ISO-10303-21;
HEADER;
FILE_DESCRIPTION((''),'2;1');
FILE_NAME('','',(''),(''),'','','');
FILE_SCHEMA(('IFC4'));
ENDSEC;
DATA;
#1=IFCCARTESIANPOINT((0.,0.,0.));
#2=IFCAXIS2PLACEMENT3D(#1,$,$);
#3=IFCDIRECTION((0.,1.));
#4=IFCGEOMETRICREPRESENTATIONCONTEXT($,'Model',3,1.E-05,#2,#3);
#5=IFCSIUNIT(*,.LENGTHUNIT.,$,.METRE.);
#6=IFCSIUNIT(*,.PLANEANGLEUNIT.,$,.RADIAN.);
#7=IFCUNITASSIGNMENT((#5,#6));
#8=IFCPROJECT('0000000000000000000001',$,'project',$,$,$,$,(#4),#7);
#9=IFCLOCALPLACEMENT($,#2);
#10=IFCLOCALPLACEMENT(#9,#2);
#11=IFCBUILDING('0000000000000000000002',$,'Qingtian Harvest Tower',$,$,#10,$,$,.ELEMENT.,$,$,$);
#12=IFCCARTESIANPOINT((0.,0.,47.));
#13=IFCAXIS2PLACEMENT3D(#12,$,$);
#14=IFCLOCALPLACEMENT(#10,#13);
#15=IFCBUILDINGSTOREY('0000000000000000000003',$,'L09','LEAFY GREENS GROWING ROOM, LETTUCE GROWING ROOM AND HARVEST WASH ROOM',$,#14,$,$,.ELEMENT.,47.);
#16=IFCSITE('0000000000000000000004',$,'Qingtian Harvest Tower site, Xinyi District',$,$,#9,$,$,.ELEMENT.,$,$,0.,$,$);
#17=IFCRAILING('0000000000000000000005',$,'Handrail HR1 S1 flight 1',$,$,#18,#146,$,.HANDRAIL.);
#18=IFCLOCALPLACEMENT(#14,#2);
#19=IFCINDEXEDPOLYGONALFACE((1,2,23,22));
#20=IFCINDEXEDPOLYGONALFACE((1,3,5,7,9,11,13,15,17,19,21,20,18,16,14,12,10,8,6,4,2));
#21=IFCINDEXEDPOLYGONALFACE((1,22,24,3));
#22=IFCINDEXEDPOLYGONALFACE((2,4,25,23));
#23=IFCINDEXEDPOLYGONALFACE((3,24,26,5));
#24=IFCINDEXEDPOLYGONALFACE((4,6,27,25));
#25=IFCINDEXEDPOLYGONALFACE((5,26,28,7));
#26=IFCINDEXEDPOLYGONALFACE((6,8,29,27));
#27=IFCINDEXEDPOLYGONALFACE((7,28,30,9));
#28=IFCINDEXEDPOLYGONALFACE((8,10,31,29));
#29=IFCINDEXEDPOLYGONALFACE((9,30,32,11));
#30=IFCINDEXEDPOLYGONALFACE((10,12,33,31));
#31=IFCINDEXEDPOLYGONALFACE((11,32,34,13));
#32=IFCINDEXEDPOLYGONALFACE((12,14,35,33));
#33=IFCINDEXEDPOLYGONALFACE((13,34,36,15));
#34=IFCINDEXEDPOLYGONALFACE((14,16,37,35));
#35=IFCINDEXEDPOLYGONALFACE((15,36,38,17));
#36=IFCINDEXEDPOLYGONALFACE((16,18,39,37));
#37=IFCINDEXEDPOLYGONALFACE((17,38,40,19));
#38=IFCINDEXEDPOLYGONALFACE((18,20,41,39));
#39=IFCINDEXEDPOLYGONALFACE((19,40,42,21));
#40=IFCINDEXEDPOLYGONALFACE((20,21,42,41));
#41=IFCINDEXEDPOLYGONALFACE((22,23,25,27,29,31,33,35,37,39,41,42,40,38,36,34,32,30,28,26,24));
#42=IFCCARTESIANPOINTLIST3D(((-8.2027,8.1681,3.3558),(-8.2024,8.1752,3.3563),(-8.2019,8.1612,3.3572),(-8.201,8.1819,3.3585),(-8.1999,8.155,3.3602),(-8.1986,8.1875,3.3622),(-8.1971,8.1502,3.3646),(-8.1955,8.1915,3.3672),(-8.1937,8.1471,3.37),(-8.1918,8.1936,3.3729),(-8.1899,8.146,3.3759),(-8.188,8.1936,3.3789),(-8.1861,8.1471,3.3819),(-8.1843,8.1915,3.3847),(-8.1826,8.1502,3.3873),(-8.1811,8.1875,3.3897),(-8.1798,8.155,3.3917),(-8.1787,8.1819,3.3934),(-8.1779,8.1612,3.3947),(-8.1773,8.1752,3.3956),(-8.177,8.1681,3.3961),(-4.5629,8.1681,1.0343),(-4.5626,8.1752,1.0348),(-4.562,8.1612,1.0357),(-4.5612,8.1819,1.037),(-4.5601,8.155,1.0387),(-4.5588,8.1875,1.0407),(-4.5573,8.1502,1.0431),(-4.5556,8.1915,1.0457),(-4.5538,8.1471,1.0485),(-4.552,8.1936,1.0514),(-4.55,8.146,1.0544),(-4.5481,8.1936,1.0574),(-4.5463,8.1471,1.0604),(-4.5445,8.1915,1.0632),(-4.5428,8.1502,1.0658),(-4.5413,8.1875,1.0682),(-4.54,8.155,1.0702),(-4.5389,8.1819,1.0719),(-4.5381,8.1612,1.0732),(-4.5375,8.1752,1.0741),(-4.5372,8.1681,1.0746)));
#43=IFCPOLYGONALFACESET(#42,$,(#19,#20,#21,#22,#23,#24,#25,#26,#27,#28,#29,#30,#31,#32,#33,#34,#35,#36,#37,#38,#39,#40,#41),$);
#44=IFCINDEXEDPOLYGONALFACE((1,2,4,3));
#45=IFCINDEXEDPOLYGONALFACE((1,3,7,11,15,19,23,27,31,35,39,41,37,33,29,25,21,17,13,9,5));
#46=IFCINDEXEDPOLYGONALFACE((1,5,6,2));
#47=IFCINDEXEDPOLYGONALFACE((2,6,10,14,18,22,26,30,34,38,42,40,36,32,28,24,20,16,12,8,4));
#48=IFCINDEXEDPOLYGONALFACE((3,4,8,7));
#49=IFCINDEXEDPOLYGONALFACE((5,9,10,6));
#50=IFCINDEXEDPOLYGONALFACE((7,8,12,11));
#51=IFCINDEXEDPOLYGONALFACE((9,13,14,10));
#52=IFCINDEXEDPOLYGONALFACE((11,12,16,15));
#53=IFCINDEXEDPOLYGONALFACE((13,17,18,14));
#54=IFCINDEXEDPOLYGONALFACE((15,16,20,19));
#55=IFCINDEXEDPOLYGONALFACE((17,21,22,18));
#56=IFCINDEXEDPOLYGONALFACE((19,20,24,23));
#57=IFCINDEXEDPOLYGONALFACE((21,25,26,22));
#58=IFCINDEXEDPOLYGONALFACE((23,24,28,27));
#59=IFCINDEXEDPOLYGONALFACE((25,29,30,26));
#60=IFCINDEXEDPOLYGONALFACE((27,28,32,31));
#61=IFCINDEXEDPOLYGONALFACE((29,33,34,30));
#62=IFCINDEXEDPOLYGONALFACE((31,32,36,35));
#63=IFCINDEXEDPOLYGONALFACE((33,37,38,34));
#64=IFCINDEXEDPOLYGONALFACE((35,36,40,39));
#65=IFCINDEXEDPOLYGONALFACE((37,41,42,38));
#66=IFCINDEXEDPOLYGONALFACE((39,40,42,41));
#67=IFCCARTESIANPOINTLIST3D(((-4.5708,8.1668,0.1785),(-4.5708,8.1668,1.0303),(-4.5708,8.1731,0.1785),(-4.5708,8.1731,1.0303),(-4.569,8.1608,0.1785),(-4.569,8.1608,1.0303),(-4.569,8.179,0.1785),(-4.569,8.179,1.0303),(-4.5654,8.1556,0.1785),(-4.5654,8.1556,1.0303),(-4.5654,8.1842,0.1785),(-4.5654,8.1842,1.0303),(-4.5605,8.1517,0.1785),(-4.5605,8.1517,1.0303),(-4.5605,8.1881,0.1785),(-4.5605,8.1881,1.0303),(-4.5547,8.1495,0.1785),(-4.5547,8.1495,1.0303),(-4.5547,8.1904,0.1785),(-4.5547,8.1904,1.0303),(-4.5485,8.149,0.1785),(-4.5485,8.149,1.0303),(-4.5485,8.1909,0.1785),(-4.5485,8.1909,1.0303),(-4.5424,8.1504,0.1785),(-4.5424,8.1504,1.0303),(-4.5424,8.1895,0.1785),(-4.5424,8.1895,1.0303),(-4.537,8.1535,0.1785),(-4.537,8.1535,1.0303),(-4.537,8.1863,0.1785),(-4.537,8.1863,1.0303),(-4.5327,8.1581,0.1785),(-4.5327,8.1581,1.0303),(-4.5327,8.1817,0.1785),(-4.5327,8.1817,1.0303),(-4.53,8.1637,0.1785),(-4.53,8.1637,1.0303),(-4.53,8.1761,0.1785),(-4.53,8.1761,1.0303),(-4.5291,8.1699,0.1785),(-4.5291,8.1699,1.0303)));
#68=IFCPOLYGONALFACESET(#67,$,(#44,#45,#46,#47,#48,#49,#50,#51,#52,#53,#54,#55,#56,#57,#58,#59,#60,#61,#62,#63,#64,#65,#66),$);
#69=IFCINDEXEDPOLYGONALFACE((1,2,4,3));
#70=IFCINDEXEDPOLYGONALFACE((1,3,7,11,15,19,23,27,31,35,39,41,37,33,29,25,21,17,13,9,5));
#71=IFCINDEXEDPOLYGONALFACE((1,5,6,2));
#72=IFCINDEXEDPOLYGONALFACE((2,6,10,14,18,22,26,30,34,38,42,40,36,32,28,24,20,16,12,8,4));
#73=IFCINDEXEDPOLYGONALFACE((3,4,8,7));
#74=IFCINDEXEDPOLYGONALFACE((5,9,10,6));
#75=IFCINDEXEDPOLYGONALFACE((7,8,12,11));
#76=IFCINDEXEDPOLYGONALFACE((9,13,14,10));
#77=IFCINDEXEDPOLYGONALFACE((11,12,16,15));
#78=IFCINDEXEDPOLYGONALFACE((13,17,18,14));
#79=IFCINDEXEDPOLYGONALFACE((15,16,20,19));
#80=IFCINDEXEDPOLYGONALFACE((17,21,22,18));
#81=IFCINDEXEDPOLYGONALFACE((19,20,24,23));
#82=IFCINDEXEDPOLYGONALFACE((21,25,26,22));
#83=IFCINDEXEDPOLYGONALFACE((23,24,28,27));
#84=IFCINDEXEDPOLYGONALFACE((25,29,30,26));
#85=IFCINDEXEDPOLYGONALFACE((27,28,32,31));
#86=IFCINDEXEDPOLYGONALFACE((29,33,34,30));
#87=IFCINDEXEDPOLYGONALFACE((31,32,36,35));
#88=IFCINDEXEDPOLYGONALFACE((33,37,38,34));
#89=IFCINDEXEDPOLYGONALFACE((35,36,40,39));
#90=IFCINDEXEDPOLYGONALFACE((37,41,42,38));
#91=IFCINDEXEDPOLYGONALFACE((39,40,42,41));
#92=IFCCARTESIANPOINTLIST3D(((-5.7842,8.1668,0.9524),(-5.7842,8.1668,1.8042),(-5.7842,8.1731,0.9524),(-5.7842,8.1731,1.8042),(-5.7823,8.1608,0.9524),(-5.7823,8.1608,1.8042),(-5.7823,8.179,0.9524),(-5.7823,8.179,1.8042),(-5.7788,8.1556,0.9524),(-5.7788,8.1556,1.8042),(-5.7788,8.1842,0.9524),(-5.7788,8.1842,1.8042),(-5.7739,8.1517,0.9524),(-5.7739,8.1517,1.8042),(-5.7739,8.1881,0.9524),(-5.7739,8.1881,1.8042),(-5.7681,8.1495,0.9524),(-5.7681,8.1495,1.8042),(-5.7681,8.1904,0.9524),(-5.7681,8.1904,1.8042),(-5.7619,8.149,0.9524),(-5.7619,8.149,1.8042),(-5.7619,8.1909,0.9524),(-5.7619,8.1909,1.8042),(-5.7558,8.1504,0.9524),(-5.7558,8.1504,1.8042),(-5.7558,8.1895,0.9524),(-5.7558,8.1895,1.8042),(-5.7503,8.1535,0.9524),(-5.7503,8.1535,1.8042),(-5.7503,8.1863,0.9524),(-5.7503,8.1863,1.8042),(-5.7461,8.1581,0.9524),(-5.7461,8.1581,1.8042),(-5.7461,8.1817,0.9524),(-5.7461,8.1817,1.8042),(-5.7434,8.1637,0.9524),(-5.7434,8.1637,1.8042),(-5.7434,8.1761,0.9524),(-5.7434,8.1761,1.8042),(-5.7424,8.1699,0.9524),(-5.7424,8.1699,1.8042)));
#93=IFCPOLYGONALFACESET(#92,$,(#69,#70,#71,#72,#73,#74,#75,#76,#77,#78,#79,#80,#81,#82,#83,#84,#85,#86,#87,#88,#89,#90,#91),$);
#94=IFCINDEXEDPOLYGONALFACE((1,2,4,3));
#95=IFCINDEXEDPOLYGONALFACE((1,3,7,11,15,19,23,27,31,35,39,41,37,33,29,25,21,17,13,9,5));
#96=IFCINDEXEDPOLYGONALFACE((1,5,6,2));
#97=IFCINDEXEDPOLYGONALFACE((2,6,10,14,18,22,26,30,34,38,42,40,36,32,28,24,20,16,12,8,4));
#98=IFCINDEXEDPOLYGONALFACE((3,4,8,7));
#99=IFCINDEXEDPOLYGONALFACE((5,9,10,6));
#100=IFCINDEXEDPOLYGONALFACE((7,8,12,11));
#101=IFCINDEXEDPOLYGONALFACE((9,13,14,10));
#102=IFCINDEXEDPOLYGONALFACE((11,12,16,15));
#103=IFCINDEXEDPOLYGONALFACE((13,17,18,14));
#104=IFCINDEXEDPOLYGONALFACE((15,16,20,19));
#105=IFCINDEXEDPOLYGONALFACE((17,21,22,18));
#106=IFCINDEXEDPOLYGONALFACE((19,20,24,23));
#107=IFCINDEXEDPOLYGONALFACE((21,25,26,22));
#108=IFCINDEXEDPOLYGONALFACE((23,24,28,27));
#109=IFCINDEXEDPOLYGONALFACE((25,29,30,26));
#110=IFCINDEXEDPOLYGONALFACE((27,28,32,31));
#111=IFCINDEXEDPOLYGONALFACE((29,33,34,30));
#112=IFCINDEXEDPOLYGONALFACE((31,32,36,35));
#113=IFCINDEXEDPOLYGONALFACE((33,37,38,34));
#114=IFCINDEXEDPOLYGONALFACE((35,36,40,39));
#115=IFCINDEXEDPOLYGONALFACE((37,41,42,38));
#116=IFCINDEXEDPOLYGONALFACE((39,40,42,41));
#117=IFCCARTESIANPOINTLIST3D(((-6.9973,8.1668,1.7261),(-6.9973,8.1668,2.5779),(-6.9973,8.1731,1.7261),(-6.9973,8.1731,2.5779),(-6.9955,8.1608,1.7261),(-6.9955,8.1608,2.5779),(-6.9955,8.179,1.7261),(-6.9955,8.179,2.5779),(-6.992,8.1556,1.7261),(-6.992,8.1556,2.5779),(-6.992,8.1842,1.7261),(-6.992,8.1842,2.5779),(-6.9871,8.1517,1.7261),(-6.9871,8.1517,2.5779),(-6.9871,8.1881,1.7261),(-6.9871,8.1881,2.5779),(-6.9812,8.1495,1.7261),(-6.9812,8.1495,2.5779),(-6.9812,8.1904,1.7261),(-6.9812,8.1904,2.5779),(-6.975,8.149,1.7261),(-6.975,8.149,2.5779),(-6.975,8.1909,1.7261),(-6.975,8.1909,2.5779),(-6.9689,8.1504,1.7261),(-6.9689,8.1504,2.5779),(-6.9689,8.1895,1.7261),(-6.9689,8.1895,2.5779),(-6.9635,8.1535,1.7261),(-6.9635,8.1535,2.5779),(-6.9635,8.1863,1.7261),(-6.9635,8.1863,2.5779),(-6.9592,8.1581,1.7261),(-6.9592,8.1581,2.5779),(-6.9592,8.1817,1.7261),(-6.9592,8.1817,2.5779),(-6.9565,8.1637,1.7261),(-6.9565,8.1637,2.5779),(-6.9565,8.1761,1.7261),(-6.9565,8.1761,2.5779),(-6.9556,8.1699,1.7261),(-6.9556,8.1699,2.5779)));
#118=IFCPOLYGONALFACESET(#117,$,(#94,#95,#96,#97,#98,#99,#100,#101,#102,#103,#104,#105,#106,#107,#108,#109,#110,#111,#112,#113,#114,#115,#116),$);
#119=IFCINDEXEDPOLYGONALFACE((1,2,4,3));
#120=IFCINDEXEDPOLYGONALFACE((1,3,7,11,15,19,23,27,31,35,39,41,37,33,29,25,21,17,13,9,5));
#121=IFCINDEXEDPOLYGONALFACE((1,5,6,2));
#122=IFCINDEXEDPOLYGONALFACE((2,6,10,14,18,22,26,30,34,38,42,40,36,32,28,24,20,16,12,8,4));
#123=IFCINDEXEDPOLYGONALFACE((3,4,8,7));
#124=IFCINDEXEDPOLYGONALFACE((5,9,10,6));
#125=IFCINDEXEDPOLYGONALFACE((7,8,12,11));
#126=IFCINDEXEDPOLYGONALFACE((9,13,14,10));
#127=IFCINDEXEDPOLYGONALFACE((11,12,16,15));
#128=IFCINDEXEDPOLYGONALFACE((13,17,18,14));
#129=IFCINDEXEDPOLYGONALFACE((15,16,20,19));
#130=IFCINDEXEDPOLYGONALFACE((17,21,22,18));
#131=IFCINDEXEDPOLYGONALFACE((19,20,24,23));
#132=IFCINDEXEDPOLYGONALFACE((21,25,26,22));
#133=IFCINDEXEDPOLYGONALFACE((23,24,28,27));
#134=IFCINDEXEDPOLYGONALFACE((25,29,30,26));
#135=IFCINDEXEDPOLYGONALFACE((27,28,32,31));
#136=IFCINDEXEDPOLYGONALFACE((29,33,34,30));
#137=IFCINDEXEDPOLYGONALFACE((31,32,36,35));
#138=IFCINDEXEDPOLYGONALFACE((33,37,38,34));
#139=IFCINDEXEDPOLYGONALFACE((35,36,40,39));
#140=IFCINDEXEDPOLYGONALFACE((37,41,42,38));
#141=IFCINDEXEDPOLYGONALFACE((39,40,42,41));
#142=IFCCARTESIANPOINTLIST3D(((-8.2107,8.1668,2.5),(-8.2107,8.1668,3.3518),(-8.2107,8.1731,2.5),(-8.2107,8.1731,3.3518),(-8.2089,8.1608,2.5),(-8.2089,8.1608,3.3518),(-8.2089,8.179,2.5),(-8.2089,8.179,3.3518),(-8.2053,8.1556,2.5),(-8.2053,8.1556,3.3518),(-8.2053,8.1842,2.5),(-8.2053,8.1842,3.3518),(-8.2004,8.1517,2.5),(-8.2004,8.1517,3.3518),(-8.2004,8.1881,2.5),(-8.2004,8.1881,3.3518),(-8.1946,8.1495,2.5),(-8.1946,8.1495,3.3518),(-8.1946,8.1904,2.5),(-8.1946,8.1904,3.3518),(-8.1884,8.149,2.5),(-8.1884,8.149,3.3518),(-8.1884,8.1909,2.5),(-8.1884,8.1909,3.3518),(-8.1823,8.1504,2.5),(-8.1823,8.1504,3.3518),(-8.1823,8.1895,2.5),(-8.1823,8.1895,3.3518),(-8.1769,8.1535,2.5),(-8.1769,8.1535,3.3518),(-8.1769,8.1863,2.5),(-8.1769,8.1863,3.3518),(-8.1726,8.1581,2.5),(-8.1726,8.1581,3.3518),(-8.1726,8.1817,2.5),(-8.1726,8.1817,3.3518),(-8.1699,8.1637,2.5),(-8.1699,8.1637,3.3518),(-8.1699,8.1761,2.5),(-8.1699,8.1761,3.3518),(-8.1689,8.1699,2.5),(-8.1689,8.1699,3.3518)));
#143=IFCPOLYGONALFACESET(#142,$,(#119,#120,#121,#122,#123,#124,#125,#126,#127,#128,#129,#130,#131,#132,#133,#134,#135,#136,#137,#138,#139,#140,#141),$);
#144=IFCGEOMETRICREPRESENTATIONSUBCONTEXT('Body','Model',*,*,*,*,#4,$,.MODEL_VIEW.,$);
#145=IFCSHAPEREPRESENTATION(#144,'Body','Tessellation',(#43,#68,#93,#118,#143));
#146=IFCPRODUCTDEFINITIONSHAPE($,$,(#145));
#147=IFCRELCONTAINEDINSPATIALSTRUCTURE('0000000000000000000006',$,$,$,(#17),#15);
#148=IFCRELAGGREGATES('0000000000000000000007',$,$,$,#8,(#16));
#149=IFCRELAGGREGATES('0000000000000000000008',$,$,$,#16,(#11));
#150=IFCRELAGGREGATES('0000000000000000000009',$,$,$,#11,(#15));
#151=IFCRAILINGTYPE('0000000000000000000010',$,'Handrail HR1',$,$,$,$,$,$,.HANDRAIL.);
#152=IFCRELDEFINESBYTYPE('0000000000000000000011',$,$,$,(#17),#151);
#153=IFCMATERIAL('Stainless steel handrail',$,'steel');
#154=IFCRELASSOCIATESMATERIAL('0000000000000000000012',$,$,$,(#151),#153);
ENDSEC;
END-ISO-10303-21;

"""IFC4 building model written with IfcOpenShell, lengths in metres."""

from ifc_helpers import new_model, si_unit, direction, frame, origin, origin_2d, place, context, subcontext, project, spatial, circle, extrude, material, type_object, element, save


model = new_model("IFC4")

# Units and contexts
model_context = context("Model", 3, precision=1e-05, world=origin(), true_north=direction((0.0, 1.0)))
body_context = subcontext(model_context, "Body", "Model", "MODEL_VIEW")
ifc_project = project(units=[si_unit("LENGTHUNIT", "METRE"), si_unit("PLANEANGLEUNIT", "RADIAN")], contexts=[model_context])

# Site, building, storey
site_placement = place(None, origin())
site = spatial("IfcSite", under=ifc_project, at=site_placement, Name="Qingtian Harvest Tower site, Xinyi District", CompositionType="ELEMENT", RefElevation=0.0)
building_placement = place(site_placement, origin())
building = spatial("IfcBuilding", under=site, at=building_placement, Name="Qingtian Harvest Tower", CompositionType="ELEMENT")
storey_placement = place(building_placement, frame((0.0, 0.0, 47.0)))
storey = spatial("IfcBuildingStorey", under=building, at=storey_placement, Name="L09", Description="LEAFY GREENS GROWING ROOM, LETTUCE GROWING ROOM AND HARVEST WASH ROOM", CompositionType="ELEMENT", Elevation=47.0)

# Railing
ifc_material_1 = material(Name="Stainless steel handrail", Category="steel")
railing_type = type_object("IfcRailingType", Name="Handrail HR1", PredefinedType="HANDRAIL", material=ifc_material_1)
railing_1_placement = place(storey_placement, frame((-4.55, 8.1699, 0.1785)))
element("IfcRailing", 1, at=railing_1_placement, inside=storey, type_object=railing_type, Name="Handrail HR1 S1 flight 1", PredefinedType="HANDRAIL", context=body_context, shape_type="SweptSolid", body=[
    extrude(circle(Radius=0.0239, at=origin_2d()), frame((0.0, 0.0, 0.876), z_axis=(-0.843112, 0.0, 0.537739), x_axis=(0.0, -1.0, 0.0)), (0.0, 0.0, 1.0), 4.3171),
    extrude(circle(Radius=0.021, at=origin_2d()), origin(), (0.0, 0.0, 1.0), 0.8518),
    extrude(circle(Radius=0.021, at=origin_2d()), frame((-1.2134, 0.0, 0.7739)), (0.0, 0.0, 1.0), 0.8518),
    extrude(circle(Radius=0.021, at=origin_2d()), frame((-2.4265, 0.0, 1.5476)), (0.0, 0.0, 1.0), 0.8518),
    extrude(circle(Radius=0.021, at=origin_2d()), frame((-3.6399, 0.0, 2.3215)), (0.0, 0.0, 1.0), 0.8518),
])

save(model, "model.ifc")
